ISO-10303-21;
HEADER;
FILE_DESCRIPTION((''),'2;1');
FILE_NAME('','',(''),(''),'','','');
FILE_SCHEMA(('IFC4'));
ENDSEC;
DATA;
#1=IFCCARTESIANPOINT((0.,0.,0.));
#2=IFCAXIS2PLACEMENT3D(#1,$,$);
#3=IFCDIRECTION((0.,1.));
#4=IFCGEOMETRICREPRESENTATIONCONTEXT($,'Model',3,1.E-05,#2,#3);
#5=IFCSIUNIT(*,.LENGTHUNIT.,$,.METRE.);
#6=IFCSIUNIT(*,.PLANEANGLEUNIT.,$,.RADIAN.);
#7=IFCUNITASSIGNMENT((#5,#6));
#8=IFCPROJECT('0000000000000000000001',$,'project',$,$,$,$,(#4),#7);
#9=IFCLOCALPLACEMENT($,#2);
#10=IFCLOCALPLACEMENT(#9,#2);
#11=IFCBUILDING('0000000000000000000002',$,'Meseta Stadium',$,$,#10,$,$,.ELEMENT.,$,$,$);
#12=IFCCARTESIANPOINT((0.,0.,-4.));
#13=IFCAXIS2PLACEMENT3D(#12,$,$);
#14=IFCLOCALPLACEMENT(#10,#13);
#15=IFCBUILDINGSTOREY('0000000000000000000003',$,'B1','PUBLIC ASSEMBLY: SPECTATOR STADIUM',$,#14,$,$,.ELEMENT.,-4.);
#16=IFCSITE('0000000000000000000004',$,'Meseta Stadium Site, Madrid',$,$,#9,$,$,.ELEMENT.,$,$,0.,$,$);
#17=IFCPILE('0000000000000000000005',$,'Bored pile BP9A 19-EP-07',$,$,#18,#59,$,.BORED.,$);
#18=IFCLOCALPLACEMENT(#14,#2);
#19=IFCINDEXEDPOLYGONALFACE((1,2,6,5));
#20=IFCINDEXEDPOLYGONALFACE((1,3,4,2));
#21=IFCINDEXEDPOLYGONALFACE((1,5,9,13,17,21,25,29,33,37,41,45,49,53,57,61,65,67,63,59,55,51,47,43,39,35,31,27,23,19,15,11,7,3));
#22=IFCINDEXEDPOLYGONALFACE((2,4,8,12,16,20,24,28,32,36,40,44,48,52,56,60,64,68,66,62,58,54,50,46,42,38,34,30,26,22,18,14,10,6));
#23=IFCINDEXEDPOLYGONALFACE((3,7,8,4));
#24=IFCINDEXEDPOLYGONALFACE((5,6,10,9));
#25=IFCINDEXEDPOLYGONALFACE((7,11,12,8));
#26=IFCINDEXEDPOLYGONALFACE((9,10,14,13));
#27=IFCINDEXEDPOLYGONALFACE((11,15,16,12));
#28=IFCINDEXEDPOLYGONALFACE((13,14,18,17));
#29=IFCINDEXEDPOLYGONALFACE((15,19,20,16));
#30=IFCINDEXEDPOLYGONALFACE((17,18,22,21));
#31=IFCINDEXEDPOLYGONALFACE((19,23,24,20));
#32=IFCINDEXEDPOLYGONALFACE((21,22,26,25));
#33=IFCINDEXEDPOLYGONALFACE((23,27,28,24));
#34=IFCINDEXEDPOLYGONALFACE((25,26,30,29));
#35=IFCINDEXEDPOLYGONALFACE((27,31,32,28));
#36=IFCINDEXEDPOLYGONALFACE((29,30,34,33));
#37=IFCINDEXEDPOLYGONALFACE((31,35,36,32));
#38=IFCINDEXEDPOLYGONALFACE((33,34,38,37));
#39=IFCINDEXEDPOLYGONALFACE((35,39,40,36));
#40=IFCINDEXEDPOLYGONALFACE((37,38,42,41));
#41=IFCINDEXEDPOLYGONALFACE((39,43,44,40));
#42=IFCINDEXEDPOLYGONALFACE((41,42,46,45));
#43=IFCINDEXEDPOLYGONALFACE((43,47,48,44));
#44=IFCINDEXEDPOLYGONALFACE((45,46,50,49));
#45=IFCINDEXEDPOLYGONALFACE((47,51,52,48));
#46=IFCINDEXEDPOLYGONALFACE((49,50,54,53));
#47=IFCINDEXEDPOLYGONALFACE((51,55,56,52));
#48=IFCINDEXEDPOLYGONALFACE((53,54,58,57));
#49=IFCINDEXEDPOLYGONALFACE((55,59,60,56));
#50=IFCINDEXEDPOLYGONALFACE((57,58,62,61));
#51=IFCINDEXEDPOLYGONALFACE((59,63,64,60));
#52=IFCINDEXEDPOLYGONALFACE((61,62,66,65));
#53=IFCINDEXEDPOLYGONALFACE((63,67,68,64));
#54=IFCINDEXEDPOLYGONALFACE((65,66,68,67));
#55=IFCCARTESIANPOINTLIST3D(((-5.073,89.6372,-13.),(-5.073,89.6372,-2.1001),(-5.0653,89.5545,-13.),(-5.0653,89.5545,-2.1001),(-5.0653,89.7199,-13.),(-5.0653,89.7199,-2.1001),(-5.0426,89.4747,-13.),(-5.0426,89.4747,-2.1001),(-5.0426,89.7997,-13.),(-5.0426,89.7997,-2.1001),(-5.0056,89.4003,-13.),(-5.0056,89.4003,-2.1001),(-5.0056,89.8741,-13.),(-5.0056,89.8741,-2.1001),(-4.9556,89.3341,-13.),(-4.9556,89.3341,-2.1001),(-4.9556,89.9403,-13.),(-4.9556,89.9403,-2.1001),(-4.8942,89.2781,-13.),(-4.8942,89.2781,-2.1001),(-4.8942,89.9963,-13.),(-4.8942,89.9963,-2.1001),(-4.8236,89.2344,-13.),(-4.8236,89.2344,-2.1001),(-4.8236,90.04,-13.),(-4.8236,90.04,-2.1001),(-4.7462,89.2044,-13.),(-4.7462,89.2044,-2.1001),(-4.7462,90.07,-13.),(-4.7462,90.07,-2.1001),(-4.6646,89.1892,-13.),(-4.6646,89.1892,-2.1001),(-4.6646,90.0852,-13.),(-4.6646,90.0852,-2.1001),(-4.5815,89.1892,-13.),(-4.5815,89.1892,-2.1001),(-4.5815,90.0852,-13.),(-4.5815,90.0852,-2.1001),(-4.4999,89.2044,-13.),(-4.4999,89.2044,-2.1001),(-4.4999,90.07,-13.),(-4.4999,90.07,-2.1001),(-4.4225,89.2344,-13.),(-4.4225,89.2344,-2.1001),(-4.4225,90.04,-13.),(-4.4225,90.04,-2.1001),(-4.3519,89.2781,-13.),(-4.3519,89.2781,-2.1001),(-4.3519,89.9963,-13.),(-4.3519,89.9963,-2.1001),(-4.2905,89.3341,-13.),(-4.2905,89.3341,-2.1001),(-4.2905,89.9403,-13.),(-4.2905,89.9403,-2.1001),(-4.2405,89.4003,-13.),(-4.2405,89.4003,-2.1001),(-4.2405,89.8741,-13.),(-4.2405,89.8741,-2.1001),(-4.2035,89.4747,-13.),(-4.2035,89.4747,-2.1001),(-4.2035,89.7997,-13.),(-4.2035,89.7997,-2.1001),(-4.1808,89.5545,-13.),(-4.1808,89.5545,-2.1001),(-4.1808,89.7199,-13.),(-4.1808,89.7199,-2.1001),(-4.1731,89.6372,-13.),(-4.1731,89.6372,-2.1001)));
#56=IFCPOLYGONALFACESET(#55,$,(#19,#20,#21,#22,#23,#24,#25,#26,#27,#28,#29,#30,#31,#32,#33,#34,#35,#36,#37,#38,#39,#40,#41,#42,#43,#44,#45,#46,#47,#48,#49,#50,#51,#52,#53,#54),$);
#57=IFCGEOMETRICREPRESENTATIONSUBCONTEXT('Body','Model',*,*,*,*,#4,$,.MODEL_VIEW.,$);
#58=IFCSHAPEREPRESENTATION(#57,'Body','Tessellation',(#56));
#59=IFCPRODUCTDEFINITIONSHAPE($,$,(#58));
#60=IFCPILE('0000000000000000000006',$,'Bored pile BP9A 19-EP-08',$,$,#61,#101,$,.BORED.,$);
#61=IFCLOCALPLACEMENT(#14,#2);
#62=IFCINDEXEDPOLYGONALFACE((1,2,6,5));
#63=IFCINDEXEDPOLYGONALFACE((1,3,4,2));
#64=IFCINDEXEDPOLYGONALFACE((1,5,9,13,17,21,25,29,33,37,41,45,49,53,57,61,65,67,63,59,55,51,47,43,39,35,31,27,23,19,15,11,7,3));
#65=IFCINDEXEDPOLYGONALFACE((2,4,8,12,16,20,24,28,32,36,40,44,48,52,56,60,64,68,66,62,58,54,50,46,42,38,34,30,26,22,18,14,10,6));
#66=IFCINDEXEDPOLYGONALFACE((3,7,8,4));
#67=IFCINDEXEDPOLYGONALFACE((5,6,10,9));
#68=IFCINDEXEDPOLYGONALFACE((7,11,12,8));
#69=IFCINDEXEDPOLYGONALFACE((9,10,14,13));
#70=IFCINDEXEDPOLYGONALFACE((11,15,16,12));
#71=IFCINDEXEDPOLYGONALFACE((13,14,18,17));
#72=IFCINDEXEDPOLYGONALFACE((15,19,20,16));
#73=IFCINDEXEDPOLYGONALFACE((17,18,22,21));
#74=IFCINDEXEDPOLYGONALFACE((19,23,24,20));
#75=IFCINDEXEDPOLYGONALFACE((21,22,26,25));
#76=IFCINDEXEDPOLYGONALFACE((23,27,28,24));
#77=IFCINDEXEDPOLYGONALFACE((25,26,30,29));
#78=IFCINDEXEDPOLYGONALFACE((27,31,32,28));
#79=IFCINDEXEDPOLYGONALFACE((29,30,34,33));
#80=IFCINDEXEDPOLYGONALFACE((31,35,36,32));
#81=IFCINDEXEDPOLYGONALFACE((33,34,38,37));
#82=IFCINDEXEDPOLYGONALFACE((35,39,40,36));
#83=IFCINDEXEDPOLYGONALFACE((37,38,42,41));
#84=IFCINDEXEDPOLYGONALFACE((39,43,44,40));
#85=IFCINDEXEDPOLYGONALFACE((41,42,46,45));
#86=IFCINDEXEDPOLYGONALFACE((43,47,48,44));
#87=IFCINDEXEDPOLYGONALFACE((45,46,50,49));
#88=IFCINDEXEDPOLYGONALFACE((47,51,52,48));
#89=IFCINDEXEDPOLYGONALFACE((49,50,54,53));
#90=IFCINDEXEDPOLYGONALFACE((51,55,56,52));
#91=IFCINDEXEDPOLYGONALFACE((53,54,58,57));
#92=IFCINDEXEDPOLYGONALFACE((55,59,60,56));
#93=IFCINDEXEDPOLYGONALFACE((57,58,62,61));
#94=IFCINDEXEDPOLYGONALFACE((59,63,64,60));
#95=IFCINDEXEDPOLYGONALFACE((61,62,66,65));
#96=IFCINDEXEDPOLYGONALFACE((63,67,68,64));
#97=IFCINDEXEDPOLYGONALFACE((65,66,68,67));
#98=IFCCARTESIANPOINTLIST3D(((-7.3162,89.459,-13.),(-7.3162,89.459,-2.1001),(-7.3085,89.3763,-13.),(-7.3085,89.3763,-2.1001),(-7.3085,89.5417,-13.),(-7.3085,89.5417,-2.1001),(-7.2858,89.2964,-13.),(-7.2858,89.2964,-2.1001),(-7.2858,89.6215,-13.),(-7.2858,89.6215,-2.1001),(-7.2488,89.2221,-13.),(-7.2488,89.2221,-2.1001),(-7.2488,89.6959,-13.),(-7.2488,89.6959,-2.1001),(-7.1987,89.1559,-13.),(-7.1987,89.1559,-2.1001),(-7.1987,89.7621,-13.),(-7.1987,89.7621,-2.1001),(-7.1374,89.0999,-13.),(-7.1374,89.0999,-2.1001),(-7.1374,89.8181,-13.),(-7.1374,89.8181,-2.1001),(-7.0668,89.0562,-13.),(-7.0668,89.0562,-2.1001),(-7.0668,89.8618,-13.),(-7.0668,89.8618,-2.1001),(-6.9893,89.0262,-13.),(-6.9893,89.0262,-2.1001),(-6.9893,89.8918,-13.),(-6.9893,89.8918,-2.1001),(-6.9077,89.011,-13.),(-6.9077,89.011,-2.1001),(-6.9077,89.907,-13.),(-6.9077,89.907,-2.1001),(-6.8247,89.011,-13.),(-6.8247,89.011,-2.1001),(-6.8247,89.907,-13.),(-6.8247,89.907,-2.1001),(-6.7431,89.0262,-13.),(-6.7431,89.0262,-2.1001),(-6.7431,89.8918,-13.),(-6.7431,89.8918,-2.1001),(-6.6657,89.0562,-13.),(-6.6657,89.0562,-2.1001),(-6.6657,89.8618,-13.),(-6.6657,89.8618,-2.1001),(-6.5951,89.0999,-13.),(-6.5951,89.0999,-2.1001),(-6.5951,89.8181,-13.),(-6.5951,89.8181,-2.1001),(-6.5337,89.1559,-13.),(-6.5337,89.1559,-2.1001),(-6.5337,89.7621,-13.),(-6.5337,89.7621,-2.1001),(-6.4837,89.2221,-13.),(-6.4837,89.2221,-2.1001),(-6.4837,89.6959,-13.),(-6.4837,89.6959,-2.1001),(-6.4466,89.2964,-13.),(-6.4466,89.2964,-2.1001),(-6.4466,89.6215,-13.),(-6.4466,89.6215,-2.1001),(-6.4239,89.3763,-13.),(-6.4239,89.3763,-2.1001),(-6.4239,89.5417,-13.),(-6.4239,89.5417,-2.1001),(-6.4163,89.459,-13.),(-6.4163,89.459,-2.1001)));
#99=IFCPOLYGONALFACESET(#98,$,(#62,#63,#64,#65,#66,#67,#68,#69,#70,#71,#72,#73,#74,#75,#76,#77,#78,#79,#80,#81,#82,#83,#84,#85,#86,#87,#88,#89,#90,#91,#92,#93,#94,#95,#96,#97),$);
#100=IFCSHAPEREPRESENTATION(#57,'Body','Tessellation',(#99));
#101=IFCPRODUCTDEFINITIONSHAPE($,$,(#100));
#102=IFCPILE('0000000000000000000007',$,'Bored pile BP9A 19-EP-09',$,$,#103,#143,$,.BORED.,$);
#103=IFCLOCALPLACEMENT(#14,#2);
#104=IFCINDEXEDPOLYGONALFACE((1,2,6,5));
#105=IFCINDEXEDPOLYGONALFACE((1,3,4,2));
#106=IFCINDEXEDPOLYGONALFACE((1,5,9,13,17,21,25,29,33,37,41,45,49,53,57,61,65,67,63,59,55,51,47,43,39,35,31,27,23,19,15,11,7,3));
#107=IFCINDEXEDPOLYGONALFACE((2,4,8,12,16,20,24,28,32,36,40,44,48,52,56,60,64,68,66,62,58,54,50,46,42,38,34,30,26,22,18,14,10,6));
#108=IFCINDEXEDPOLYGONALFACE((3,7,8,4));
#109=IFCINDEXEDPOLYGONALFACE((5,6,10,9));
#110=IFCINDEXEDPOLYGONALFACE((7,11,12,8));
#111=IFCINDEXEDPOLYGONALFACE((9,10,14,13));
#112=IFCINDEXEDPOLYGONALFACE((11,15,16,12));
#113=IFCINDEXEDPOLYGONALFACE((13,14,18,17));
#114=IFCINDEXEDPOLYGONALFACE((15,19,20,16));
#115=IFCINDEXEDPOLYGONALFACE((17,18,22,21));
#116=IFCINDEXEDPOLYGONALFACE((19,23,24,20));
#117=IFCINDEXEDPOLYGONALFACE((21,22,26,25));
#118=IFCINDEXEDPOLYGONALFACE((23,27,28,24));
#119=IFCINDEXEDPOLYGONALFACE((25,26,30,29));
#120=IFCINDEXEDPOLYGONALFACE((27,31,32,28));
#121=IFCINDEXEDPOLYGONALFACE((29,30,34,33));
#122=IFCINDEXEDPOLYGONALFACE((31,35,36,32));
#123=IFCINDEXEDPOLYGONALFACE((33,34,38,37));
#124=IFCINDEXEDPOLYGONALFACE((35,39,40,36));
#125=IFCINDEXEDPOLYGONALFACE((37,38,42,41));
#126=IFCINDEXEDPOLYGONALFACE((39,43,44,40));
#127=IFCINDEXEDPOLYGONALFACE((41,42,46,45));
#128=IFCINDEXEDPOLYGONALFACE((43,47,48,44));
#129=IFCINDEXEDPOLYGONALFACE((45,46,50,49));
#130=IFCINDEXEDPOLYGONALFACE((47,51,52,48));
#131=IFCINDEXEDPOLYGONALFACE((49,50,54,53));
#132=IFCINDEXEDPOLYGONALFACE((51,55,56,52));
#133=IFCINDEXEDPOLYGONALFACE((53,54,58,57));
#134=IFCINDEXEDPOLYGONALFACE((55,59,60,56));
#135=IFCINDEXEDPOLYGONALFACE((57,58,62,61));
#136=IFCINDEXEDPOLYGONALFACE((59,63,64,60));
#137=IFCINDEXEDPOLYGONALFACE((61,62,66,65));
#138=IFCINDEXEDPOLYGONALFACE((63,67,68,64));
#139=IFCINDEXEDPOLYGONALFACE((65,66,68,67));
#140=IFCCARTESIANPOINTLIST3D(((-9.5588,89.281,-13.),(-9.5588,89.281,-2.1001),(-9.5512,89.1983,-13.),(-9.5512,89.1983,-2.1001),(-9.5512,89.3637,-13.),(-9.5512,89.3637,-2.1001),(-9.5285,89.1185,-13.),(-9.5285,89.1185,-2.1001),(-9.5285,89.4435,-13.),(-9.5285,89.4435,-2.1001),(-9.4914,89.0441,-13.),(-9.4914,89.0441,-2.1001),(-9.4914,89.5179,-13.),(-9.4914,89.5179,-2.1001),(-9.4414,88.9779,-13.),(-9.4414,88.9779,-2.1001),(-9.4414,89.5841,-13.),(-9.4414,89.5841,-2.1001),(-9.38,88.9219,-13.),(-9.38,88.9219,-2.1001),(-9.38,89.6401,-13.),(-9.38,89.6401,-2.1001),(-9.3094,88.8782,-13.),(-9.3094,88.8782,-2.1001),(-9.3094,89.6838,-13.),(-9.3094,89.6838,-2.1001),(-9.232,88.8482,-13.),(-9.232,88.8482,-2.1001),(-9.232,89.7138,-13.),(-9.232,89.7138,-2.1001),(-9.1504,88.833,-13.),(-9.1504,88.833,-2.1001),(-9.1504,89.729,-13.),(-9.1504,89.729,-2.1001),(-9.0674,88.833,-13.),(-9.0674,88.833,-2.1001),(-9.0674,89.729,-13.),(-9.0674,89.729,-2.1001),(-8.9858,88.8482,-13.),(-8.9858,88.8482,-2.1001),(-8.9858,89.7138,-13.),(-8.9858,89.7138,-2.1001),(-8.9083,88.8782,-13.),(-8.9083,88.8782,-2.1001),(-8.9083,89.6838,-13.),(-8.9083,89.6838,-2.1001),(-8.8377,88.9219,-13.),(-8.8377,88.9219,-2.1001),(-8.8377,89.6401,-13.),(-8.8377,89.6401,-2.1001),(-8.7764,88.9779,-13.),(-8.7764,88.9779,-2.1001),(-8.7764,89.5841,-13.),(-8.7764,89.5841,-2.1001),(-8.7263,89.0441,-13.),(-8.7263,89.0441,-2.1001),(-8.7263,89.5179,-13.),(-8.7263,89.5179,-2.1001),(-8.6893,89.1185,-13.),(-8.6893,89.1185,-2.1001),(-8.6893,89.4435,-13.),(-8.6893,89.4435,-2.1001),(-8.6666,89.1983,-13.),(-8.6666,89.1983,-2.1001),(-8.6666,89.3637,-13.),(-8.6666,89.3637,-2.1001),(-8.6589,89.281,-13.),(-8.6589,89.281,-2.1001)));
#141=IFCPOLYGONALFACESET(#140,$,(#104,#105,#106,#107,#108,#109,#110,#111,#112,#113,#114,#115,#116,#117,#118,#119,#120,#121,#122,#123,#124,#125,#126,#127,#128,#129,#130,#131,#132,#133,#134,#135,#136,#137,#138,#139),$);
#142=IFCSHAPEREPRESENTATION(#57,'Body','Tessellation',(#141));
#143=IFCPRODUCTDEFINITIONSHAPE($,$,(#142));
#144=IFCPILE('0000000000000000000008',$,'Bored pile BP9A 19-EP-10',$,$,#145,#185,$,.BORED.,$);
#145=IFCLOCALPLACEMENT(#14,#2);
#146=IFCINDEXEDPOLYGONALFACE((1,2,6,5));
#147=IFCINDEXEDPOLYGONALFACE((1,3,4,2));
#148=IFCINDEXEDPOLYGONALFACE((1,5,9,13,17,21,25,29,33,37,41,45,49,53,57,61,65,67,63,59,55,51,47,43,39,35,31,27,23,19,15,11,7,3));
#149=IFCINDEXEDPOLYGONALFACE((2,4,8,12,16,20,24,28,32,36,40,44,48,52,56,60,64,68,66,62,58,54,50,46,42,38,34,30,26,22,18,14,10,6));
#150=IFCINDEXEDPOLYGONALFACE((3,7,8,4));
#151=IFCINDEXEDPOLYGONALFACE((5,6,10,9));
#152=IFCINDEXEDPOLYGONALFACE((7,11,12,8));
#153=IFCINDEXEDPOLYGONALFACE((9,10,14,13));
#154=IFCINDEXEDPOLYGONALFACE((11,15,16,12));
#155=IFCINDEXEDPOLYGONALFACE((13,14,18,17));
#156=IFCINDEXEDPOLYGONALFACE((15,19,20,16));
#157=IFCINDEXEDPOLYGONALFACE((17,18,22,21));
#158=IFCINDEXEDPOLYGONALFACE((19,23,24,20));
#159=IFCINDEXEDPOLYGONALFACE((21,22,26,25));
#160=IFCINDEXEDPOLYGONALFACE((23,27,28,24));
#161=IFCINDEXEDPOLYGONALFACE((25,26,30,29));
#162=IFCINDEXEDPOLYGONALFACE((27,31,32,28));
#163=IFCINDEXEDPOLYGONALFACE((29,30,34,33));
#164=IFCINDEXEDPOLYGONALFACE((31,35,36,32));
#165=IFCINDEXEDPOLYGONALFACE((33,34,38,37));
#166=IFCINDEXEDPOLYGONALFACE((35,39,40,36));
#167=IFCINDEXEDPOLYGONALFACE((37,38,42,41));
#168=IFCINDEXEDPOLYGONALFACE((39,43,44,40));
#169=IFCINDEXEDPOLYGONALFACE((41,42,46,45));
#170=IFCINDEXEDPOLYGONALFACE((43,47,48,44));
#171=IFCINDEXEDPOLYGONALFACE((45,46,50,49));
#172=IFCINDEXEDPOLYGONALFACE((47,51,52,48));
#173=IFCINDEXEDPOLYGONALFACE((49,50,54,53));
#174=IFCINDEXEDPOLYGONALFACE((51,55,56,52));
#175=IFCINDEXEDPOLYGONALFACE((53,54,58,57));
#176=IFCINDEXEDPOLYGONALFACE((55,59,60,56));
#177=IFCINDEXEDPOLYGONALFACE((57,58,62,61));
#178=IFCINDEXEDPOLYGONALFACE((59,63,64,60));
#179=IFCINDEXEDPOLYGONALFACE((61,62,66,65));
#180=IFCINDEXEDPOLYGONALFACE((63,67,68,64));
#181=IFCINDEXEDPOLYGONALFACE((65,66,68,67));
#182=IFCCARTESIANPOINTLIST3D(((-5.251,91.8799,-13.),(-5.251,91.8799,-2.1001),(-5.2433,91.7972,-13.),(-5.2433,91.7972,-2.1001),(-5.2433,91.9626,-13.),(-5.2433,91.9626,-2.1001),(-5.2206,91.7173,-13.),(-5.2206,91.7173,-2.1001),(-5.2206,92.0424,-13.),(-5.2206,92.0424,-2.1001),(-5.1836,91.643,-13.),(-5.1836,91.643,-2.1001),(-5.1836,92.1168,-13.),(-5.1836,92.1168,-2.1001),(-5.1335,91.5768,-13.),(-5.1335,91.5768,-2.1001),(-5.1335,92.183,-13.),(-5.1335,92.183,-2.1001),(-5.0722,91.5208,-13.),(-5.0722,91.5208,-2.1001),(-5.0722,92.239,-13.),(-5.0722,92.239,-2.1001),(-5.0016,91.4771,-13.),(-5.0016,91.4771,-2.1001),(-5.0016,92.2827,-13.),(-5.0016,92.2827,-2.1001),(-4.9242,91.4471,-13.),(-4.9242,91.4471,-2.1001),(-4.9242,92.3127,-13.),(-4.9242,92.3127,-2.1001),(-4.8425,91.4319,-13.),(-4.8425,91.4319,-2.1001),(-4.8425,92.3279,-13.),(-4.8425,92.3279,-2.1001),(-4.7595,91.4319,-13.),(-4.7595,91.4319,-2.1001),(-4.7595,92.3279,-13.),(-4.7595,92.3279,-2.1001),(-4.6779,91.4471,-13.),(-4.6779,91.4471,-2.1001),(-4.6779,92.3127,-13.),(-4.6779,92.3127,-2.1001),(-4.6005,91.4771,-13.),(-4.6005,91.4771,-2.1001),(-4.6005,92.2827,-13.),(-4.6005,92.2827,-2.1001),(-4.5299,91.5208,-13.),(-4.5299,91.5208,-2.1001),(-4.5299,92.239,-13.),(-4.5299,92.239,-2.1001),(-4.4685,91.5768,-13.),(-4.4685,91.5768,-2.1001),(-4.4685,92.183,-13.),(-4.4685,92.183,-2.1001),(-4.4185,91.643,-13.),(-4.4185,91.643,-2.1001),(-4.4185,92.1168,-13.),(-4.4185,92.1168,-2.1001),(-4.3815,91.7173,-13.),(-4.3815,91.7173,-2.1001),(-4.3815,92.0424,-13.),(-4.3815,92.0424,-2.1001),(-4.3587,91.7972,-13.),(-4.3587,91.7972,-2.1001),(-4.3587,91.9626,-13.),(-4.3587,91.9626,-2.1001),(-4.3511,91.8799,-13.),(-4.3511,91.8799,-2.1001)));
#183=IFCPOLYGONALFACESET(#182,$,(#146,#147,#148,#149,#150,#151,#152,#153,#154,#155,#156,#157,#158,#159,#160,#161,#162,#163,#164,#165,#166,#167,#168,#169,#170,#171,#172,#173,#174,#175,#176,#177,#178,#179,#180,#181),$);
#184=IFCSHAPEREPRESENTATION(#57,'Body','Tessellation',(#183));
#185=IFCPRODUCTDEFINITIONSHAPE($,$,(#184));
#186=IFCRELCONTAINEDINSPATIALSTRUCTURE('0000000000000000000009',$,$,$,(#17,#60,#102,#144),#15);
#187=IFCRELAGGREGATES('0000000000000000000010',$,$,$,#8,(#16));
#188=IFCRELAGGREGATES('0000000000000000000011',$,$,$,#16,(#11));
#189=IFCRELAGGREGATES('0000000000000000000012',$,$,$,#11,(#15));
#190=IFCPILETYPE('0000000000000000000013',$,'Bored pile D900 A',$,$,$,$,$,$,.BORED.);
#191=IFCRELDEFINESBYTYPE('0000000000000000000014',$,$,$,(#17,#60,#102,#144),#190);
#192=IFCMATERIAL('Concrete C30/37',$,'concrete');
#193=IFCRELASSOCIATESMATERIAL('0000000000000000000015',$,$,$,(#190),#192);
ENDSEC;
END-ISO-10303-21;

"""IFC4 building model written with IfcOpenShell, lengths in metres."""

from ifc_helpers import new_model, si_unit, direction, frame, origin, origin_2d, place, context, subcontext, project, spatial, circle, extrude, material, material_profile, profile_set, type_object, element, save


model = new_model("IFC4")

# Units and contexts
model_context = context("Model", 3, precision=1e-05, world=origin(), true_north=direction((0.0, 1.0)))
body_context = subcontext(model_context, "Body", "Model", "MODEL_VIEW")
ifc_project = project(units=[si_unit("LENGTHUNIT", "METRE"), si_unit("PLANEANGLEUNIT", "RADIAN")], contexts=[model_context])

# Site, building, storey
site_placement = place(None, origin())
site = spatial("IfcSite", under=ifc_project, at=site_placement, Name="Meseta Stadium Site, Madrid", CompositionType="ELEMENT", RefElevation=0.0)
building_placement = place(site_placement, origin())
building = spatial("IfcBuilding", under=site, at=building_placement, Name="Meseta Stadium", CompositionType="ELEMENT")
storey_placement = place(building_placement, frame((0.0, 0.0, -4.0)))
storey = spatial("IfcBuildingStorey", under=building, at=storey_placement, Name="B1", Description="PUBLIC ASSEMBLY: SPECTATOR STADIUM", CompositionType="ELEMENT", Elevation=-4.0)

# Piles
ifc_material_1 = material(Name="Concrete C30/37", Category="concrete")
ifc_material_profile_1 = material_profile(ifc_material_1, circle(Radius=0.45, at=origin_2d()), Name="D900")
ifc_profile_set_1 = profile_set([ifc_material_profile_1], Name="Concrete C30/37")
pile_type = type_object("IfcPileType", Name="Bored pile D900 A", PredefinedType="BORED", material=ifc_profile_set_1)
for number, where, z_axis, x_axis, name in (
    (1, (-4.623, 89.6372, -2.1001), (0.0, 0.0, -1.0), (1.0, 0.0, 0.0), "Bored pile BP9A 19-EP-07"),
    (2, (-6.8662, 89.459, -2.1001), (0.0, 0.0, -1.0), (1.0, 0.0, 0.0), "Bored pile BP9A 19-EP-08"),
    (3, (-9.1089, 89.281, -2.1001), (0.0, 0.0, -1.0), (1.0, 0.0, 0.0), "Bored pile BP9A 19-EP-09"),
    (4, (-4.801, 91.8799, -2.1001), (0.0, 0.0, -1.0), (1.0, 0.0, 0.0), "Bored pile BP9A 19-EP-10"),
):
    element("IfcPile", number, at=place(storey_placement, frame(where, z_axis=z_axis, x_axis=x_axis)), inside=storey, type_object=pile_type, Name=name, PredefinedType="BORED", context=body_context, shape_type="SweptSolid", body=[
        extrude(circle(Radius=0.45, at=origin_2d()), origin(), (0.0, 0.0, 1.0), 10.8999),
    ])

save(model, "model.ifc")
